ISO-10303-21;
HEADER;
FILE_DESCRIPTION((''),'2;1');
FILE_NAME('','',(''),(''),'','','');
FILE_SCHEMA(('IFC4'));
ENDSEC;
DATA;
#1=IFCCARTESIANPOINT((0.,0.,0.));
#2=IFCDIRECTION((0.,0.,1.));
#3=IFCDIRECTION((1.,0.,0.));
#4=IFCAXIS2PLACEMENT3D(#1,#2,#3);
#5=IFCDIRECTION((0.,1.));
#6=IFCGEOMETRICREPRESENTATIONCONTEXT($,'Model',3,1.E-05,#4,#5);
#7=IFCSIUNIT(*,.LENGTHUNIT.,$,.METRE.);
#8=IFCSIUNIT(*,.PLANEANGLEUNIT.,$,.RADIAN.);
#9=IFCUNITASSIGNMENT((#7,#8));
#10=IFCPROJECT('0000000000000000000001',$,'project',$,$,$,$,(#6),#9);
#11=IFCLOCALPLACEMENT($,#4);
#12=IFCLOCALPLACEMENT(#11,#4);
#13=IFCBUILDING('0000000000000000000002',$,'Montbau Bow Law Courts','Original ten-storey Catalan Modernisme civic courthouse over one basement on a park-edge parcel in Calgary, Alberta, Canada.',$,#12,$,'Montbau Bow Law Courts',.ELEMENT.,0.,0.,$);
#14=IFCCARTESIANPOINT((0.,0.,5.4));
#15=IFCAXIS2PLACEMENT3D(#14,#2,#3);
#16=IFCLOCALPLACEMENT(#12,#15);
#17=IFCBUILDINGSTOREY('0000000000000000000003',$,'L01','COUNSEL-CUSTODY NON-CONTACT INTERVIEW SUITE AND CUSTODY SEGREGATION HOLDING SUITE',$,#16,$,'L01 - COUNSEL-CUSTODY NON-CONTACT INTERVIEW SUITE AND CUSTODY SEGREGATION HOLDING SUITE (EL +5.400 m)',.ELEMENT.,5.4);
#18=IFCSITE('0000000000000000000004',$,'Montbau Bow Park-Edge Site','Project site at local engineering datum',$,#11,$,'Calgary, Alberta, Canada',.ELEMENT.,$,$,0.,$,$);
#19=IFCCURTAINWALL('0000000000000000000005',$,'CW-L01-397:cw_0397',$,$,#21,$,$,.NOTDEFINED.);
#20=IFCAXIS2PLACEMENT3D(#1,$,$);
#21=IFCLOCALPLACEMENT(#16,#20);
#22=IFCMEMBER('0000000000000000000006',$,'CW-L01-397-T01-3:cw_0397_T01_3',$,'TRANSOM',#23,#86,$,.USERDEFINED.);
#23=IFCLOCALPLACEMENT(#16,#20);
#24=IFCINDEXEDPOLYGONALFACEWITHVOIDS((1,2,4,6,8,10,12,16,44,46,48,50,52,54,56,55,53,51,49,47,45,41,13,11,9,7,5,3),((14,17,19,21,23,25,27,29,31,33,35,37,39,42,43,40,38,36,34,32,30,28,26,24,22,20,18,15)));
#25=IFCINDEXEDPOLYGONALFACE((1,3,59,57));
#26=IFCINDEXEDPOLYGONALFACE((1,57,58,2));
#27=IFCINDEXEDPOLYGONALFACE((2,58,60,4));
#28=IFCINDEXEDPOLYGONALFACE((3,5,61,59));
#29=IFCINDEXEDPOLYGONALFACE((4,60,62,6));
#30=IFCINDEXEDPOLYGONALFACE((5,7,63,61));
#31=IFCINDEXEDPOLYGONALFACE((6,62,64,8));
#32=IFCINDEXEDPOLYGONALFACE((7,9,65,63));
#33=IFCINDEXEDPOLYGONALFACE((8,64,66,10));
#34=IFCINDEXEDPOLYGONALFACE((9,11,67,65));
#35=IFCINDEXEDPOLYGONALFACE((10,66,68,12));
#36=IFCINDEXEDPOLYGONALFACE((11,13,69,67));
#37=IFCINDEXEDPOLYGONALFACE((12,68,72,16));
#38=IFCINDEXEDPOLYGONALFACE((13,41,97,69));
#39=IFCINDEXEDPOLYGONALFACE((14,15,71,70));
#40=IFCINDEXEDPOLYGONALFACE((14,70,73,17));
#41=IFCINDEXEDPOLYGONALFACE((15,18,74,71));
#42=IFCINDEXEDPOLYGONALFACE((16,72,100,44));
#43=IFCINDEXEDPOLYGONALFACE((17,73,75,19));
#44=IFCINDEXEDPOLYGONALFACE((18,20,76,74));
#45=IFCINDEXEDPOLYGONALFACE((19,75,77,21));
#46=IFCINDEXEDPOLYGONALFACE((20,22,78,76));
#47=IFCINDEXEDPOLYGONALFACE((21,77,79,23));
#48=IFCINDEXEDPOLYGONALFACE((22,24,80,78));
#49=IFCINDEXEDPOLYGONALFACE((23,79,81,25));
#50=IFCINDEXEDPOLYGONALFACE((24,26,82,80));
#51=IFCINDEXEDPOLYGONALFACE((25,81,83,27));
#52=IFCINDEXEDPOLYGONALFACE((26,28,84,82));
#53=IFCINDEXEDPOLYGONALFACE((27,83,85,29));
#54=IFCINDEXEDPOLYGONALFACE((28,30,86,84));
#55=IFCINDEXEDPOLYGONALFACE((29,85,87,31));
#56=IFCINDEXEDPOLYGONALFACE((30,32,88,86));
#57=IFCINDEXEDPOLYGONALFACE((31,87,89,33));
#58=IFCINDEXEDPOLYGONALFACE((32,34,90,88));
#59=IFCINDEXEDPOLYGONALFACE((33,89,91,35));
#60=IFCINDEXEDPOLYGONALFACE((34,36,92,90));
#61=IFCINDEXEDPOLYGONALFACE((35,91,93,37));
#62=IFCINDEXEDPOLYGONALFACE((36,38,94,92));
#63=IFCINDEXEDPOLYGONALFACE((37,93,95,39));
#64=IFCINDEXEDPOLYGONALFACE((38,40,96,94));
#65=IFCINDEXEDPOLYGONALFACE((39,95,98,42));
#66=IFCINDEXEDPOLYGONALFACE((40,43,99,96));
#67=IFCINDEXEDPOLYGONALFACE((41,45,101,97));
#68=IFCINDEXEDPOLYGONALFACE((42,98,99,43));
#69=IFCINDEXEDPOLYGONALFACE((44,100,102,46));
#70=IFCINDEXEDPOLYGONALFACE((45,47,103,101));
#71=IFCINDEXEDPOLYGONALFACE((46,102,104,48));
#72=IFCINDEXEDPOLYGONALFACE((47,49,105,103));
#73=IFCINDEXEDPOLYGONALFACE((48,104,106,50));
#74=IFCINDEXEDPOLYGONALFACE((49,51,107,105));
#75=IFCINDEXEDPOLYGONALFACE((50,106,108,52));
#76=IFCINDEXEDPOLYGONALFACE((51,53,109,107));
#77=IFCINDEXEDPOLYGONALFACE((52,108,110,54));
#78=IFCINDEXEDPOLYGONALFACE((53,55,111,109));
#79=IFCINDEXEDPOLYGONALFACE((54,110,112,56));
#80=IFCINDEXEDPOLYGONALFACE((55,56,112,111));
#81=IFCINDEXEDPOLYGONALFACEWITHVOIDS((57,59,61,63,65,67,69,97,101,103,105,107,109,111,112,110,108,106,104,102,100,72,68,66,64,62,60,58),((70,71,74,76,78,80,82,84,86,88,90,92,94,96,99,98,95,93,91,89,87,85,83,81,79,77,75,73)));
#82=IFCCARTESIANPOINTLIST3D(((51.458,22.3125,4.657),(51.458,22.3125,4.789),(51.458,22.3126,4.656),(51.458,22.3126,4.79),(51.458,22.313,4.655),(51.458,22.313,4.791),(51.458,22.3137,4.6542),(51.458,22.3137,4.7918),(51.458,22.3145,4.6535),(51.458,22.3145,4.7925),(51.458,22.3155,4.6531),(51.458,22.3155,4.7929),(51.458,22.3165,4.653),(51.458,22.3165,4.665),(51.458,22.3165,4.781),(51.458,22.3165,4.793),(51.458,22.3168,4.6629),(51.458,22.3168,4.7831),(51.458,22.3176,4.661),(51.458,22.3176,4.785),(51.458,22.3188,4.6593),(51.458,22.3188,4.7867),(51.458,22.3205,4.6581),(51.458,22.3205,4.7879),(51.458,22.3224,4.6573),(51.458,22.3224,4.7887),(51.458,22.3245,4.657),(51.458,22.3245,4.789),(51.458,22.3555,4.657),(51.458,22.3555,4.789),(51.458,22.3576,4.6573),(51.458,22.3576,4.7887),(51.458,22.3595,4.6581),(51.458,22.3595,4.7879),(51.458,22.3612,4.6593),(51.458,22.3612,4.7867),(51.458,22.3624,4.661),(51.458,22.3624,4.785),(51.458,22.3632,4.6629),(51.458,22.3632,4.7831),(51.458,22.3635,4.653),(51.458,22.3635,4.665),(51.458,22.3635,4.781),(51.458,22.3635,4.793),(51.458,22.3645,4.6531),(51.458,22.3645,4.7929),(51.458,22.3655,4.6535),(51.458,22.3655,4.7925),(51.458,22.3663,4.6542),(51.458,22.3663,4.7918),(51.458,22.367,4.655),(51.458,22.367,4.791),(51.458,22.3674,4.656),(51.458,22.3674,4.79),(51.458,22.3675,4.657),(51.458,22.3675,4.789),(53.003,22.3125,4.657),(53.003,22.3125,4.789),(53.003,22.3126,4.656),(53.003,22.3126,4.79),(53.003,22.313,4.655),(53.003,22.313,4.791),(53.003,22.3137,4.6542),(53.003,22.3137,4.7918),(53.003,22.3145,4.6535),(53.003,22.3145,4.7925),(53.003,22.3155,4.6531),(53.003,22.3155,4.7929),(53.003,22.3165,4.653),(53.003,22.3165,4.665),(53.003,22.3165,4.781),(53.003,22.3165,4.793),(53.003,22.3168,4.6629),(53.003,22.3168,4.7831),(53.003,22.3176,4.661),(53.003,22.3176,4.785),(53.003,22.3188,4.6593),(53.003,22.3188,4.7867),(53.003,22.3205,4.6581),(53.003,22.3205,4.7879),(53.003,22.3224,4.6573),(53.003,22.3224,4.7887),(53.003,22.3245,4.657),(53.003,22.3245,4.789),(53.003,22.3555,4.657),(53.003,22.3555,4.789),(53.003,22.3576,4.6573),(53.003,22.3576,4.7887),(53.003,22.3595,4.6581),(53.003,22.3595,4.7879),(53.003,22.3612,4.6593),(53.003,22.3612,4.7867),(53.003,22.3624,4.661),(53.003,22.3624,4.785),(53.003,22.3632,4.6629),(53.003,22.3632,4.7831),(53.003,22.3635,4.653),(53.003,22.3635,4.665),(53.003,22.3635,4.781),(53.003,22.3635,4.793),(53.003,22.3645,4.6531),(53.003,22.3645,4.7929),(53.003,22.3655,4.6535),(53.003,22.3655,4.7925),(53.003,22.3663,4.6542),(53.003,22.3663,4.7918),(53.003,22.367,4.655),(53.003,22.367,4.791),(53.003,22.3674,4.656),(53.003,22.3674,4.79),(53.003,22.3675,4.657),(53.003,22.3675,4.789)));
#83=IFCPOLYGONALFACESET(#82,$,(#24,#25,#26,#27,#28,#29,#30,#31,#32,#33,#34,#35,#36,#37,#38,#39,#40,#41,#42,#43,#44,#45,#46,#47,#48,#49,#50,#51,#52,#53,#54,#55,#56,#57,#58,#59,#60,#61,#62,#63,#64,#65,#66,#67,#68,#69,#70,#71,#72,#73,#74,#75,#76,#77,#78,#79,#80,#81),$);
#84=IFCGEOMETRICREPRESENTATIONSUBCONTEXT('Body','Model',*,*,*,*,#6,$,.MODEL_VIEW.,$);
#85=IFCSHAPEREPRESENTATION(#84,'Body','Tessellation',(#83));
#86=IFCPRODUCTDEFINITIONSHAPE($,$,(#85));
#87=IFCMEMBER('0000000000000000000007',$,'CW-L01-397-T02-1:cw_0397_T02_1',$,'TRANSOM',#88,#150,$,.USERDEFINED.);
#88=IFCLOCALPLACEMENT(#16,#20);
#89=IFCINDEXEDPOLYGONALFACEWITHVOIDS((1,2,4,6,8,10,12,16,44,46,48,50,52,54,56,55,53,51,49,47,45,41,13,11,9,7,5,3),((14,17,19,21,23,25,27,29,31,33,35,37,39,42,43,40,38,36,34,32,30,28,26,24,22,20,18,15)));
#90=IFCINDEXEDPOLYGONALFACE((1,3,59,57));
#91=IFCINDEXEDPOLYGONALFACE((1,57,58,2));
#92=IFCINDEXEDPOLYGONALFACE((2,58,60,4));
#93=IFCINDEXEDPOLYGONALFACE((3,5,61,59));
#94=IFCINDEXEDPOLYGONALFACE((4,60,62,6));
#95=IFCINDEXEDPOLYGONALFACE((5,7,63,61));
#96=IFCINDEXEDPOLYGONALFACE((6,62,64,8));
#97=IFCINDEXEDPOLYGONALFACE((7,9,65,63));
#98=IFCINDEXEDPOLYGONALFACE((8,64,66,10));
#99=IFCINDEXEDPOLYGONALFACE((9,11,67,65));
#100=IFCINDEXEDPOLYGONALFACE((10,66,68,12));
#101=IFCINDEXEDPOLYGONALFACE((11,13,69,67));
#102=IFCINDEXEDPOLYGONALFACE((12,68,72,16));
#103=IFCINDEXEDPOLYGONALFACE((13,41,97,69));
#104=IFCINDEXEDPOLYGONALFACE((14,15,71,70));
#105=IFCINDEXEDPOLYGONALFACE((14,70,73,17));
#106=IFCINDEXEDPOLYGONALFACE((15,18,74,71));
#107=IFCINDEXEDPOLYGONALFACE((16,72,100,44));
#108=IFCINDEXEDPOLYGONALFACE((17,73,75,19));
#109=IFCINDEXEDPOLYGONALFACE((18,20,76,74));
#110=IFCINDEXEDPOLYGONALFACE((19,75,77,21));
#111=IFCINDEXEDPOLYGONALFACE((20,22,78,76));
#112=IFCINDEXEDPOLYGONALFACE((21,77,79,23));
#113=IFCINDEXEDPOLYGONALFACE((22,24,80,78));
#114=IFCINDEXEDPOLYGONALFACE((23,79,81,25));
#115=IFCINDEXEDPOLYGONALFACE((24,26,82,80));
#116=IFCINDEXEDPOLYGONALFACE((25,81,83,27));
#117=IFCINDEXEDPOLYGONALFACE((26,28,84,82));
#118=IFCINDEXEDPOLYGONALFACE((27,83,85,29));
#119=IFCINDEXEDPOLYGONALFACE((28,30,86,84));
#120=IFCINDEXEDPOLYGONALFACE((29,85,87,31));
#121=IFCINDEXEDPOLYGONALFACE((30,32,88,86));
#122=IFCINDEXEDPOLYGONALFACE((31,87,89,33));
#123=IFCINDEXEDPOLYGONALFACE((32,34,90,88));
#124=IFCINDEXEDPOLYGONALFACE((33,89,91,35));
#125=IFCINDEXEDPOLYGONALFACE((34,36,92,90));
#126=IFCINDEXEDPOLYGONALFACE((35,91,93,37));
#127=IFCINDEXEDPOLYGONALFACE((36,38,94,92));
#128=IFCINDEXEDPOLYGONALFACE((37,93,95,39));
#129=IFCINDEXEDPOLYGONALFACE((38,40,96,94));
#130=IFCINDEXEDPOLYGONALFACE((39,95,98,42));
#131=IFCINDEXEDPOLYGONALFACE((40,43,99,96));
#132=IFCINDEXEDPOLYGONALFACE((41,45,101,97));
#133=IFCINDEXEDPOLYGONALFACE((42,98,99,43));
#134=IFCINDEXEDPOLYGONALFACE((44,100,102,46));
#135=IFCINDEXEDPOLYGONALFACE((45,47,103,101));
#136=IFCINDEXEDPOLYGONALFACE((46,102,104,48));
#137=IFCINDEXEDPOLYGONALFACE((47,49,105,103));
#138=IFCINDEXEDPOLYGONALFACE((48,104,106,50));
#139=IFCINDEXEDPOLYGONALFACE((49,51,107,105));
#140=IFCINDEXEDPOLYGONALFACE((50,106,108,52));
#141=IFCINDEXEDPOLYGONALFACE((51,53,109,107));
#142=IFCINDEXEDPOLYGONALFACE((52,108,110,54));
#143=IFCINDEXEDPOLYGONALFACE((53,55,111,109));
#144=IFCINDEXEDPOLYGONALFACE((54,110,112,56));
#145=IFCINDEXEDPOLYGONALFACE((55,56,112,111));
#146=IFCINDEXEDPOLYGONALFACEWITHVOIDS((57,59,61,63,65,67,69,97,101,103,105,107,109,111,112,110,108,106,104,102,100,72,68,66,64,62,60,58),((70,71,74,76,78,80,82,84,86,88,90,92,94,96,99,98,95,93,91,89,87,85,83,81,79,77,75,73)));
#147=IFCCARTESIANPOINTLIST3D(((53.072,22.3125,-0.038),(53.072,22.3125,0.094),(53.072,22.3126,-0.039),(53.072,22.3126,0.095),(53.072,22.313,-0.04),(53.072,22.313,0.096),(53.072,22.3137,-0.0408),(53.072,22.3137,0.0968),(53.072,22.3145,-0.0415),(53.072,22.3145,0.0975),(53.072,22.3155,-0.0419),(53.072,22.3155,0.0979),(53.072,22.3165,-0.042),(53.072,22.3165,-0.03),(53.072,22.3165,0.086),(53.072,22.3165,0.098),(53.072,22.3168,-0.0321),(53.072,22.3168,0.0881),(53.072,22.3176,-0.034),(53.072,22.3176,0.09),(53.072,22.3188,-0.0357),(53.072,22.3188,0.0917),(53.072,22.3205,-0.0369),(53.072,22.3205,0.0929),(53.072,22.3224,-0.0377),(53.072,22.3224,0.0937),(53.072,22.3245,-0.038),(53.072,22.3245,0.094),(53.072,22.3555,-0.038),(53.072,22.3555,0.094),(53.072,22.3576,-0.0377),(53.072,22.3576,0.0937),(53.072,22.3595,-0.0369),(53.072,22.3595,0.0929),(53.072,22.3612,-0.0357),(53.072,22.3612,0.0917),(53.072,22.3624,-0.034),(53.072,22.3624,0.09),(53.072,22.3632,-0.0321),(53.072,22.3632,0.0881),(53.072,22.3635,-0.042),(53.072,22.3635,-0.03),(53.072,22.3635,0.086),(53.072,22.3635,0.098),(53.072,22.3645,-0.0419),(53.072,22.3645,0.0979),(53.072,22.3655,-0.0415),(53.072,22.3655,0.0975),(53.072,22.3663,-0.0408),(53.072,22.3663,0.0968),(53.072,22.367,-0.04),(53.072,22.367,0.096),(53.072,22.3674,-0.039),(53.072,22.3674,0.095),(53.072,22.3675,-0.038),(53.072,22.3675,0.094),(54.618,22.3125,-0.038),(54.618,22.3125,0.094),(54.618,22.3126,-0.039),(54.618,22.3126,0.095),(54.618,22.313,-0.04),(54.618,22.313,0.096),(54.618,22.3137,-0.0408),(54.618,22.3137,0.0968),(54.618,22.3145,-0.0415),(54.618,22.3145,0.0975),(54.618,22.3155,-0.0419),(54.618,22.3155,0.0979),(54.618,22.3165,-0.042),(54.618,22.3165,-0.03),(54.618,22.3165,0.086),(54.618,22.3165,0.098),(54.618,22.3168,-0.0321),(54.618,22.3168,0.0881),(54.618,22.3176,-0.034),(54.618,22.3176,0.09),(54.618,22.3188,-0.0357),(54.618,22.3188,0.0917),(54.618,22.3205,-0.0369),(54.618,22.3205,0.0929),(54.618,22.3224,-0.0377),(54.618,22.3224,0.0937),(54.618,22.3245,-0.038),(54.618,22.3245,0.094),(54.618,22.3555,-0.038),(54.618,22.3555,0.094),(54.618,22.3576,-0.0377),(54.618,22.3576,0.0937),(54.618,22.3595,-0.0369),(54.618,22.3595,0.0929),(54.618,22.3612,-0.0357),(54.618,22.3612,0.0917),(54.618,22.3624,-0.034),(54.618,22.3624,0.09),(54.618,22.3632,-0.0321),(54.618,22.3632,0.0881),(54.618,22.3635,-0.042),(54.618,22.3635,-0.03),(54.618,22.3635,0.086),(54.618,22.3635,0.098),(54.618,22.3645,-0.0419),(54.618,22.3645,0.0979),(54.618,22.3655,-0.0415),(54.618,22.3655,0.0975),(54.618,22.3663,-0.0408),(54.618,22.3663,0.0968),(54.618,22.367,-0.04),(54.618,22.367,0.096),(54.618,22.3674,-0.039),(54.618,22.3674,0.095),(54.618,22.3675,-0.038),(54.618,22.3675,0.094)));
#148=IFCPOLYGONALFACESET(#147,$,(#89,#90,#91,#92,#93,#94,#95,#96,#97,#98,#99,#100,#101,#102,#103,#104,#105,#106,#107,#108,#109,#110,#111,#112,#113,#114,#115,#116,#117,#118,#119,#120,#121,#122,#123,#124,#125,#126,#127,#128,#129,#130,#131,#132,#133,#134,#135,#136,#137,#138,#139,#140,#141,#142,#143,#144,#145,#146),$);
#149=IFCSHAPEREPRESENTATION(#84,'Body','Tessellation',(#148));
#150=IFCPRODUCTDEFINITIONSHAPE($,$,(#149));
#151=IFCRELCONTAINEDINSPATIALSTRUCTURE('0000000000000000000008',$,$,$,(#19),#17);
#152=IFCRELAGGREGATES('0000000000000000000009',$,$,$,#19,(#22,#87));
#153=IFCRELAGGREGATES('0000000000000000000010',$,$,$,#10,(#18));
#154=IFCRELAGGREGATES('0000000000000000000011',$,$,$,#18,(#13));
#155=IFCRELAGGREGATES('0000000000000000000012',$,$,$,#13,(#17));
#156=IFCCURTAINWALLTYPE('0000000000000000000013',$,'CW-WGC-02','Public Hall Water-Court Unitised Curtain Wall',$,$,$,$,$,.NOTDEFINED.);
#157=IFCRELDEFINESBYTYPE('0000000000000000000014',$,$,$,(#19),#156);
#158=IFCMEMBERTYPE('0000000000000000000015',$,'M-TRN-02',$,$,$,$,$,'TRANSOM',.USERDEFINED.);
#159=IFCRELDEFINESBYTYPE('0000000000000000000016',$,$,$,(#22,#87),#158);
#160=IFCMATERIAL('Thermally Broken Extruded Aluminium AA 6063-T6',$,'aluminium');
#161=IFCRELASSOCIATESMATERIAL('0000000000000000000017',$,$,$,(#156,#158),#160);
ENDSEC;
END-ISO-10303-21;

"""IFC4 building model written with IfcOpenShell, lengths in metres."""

from ifc_helpers import new_model, si_unit, direction, frame, origin_with_axes, origin_2d_with_axis, place, context, subcontext, project, spatial, hollow_rectangle, extrude, material, material_profile, profile_set, type_object, element, aggregate, save


model = new_model("IFC4")

# Units and contexts
model_context = context("Model", 3, precision=1e-05, world=origin_with_axes(), true_north=direction((0.0, 1.0)))
body_context = subcontext(model_context, "Body", "Model", "MODEL_VIEW")
ifc_project = project(units=[si_unit("LENGTHUNIT", "METRE"), si_unit("PLANEANGLEUNIT", "RADIAN")], contexts=[model_context])

# Site, building, storey
site_placement = place(None, origin_with_axes())
site = spatial("IfcSite", under=ifc_project, at=site_placement, Name="Montbau Bow Park-Edge Site", Description="Project site at local engineering datum", LongName="Calgary, Alberta, Canada", CompositionType="ELEMENT", RefElevation=0.0)
building_placement = place(site_placement, origin_with_axes())
building = spatial("IfcBuilding", under=site, at=building_placement, Name="Montbau Bow Law Courts", Description="Original ten-storey Catalan Modernisme civic courthouse over one basement on a park-edge parcel in Calgary, Alberta, Canada.", LongName="Montbau Bow Law Courts", CompositionType="ELEMENT", ElevationOfRefHeight=0.0, ElevationOfTerrain=0.0)
storey_placement = place(building_placement, frame((0.0, 0.0, 5.4), z_axis=(0.0, 0.0, 1.0), x_axis=(1.0, 0.0, 0.0)))
storey = spatial("IfcBuildingStorey", under=building, at=storey_placement, Name="L01", Description="COUNSEL-CUSTODY NON-CONTACT INTERVIEW SUITE AND CUSTODY SEGREGATION HOLDING SUITE", LongName="L01 - COUNSEL-CUSTODY NON-CONTACT INTERVIEW SUITE AND CUSTODY SEGREGATION HOLDING SUITE (EL +5.400 m)", CompositionType="ELEMENT", Elevation=5.4)

# Curtain wall
ifc_material_1 = material(Name="Thermally Broken Extruded Aluminium AA 6063-T6", Category="aluminium")
curtain_wall_type = type_object("IfcCurtainWallType", Name="CW-WGC-02", Description="Public Hall Water-Court Unitised Curtain Wall", PredefinedType="NOTDEFINED", material=ifc_material_1)
curtain_wall_1_placement = place(None, frame((51.39, 22.34, 5.4), z_axis=(0.0, 0.0, 1.0), x_axis=(1.0, 0.0, 0.0)))
curtain_wall_1 = element("IfcCurtainWall", 1, at=curtain_wall_1_placement, inside=storey, type_object=curtain_wall_type, Name="CW-L01-397:cw_0397", PredefinedType="NOTDEFINED")

# Members
ifc_material_profile_1 = material_profile(ifc_material_1, hollow_rectangle(XDim=0.055, YDim=0.14, WallThickness=0.004, InnerFilletRadius=0.008, OuterFilletRadius=0.004, at=origin_2d_with_axis()), Name="CWT-140X55", Category="Main", Priority=0)
ifc_profile_set_1 = profile_set([ifc_material_profile_1], Name="Thermally Broken Extruded Aluminium AA 6063-T6")
member_type_1 = type_object("IfcMemberType", Name="M-TRN-02", ElementType="TRANSOM", PredefinedType="USERDEFINED", material=ifc_profile_set_1)
member_1_placement = place(None, frame((51.458, 22.34, 10.123), z_axis=(1.0, 0.0, 0.0), x_axis=(0.0, 1.0, 0.0)))
member_1 = element("IfcMember", 2, at=member_1_placement, type_object=member_type_1, Name="CW-L01-397-T01-3:cw_0397_T01_3", ObjectType="TRANSOM", PredefinedType="USERDEFINED", context=body_context, shape_type="SweptSolid", body=[
    extrude(hollow_rectangle(XDim=0.055, YDim=0.14, WallThickness=0.004, InnerFilletRadius=0.008, OuterFilletRadius=0.004, at=origin_2d_with_axis()), origin_with_axes(), (0.0, 0.0, 1.0), 1.545),
])
member_2_placement = place(None, frame((53.072, 22.34, 5.428), z_axis=(1.0, 0.0, 0.0), x_axis=(0.0, 1.0, 0.0)))
member_2 = element("IfcMember", 3, at=member_2_placement, type_object=member_type_1, Name="CW-L01-397-T02-1:cw_0397_T02_1", ObjectType="TRANSOM", PredefinedType="USERDEFINED", context=body_context, shape_type="SweptSolid", body=[
    extrude(hollow_rectangle(XDim=0.055, YDim=0.14, WallThickness=0.004, InnerFilletRadius=0.008, OuterFilletRadius=0.004, at=origin_2d_with_axis()), origin_with_axes(), (0.0, 0.0, 1.0), 1.546),
])

aggregate(curtain_wall_1, [member_1, member_2])

save(model, "model.ifc")
